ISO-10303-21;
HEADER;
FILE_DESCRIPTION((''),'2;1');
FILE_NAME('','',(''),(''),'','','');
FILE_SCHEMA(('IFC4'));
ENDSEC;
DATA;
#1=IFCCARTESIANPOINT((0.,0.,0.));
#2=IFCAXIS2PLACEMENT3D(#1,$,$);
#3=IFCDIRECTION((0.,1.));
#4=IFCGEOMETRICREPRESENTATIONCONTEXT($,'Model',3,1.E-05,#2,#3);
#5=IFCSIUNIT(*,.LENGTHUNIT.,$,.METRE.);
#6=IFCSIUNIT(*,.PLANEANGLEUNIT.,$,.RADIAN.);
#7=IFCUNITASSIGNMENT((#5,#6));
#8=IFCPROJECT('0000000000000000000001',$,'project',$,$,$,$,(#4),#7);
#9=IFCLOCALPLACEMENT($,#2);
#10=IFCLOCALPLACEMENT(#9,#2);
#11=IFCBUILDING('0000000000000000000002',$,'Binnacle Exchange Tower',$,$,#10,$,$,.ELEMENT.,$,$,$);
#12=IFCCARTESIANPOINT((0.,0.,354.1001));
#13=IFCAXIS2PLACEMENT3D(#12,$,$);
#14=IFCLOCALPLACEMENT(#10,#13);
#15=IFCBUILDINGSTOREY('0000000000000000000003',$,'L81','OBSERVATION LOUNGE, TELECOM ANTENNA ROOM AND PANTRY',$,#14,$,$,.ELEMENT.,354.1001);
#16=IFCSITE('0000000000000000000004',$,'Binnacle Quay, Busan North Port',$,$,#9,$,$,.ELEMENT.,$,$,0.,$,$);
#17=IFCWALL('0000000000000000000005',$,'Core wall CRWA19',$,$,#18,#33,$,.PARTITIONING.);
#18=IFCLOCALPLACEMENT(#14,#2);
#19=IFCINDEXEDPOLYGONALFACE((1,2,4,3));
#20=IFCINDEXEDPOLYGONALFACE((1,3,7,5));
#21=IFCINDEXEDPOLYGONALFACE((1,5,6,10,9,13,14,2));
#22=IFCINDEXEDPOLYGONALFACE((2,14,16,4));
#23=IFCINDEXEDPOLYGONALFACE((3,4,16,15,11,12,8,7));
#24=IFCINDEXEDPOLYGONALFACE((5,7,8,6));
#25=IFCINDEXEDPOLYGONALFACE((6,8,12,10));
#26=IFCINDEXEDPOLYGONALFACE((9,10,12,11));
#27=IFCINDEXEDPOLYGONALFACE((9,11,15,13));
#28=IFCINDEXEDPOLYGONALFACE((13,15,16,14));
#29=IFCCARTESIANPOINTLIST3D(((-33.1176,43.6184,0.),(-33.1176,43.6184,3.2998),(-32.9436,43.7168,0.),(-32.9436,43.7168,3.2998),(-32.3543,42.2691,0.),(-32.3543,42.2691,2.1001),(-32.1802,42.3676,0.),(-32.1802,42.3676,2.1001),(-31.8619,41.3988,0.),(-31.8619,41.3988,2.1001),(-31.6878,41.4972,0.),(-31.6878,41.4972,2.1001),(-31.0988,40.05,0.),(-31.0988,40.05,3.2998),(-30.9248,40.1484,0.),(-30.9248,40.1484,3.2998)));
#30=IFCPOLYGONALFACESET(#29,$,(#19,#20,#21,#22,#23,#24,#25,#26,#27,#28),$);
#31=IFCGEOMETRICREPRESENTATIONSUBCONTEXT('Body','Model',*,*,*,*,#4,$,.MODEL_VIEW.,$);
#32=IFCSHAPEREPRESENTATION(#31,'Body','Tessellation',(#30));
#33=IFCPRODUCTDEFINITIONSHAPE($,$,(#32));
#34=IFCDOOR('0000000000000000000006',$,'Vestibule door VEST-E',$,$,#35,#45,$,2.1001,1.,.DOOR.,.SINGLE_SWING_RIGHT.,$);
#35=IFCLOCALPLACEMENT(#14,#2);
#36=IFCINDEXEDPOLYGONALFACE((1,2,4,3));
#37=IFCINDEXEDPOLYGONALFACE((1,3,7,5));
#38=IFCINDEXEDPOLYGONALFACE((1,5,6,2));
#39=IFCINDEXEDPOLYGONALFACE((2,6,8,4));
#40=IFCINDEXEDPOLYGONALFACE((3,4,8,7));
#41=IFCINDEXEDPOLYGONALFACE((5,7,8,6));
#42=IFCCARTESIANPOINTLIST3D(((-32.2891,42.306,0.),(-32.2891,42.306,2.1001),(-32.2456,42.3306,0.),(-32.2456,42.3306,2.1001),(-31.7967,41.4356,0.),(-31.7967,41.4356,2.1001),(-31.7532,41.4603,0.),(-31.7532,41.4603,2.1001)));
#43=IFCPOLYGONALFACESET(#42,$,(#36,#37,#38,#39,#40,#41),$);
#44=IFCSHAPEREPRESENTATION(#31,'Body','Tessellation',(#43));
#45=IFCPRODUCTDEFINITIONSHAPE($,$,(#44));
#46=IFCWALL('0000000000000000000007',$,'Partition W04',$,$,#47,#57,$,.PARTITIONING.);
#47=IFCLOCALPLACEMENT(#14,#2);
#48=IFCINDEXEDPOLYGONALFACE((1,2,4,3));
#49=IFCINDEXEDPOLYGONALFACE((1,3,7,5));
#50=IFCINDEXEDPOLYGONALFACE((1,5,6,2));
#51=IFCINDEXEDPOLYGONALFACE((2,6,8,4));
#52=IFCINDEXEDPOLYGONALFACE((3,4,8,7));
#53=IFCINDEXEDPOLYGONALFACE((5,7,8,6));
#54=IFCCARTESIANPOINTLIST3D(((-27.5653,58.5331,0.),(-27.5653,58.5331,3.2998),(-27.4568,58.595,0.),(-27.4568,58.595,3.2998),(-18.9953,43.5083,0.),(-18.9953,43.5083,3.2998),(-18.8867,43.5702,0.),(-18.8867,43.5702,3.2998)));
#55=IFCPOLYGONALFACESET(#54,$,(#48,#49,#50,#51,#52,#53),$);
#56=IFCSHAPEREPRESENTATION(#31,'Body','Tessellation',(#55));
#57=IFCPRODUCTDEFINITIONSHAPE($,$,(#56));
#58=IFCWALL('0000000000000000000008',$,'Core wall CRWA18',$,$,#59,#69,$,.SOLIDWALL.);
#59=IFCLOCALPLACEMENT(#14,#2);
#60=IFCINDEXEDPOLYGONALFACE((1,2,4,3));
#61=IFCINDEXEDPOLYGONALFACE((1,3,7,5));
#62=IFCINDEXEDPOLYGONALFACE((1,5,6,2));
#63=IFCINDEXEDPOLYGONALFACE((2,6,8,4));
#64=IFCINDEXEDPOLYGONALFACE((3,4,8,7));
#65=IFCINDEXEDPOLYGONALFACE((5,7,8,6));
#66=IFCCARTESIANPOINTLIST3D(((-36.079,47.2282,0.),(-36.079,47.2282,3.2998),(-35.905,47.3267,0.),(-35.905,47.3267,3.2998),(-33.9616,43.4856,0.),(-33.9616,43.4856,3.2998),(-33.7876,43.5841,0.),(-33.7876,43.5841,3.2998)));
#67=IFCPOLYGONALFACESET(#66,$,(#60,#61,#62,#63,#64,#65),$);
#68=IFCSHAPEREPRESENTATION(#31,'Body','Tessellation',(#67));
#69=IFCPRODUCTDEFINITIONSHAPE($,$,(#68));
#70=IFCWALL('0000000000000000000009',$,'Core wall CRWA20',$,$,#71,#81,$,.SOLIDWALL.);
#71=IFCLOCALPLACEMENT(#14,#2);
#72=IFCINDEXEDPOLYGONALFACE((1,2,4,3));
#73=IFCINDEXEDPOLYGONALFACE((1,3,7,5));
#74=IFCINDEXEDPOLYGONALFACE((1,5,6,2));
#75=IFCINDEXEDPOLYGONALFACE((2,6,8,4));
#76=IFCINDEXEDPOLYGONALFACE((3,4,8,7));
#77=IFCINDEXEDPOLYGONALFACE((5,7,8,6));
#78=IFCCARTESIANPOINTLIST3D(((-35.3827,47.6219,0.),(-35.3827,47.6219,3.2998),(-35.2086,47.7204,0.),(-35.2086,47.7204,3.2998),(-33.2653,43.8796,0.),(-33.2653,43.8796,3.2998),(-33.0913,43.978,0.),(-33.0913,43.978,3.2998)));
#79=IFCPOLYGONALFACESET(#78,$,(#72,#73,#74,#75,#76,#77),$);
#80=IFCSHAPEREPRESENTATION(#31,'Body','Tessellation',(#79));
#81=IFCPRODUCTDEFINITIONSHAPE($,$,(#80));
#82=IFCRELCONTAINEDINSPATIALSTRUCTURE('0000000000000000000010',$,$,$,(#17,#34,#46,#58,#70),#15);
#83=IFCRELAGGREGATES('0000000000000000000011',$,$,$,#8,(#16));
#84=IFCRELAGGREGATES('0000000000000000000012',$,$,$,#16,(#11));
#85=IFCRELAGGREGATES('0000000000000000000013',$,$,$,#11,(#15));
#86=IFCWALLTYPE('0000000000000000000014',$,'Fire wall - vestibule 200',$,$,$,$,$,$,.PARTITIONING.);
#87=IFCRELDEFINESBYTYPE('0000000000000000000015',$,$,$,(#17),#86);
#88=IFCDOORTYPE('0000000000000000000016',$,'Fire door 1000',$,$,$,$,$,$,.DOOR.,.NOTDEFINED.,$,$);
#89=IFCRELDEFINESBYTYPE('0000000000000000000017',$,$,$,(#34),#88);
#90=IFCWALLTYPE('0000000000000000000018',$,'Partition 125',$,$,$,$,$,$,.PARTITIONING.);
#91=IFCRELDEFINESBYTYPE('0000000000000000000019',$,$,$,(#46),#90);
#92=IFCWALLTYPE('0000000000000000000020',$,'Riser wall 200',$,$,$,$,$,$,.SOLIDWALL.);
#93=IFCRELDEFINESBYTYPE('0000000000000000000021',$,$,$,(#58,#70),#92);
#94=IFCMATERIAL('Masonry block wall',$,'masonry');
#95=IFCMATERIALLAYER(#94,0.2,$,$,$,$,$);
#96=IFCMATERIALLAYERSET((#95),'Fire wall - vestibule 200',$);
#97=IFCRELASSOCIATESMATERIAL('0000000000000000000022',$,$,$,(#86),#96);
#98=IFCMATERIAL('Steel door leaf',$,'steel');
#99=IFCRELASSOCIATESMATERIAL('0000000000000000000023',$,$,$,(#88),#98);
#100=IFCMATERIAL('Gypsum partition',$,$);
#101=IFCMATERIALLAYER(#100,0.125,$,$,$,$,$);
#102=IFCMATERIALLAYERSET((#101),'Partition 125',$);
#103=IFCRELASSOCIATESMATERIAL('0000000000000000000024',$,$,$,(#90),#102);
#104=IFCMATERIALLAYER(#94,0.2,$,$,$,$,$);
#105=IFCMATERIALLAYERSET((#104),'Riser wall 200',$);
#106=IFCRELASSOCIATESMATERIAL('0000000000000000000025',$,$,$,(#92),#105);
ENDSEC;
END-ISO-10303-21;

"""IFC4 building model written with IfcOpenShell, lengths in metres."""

from ifc_helpers import new_model, si_unit, direction, frame, frame_2d, origin, place, context, subcontext, project, spatial, rectangle, extrude, material, layer, layer_set, type_object, element, fill, save


model = new_model("IFC4")

# Units and contexts
model_context = context("Model", 3, precision=1e-05, world=origin(), true_north=direction((0.0, 1.0)))
body_context = subcontext(model_context, "Body", "Model", "MODEL_VIEW")
ifc_project = project(units=[si_unit("LENGTHUNIT", "METRE"), si_unit("PLANEANGLEUNIT", "RADIAN")], contexts=[model_context])

# Site, building, storey
site_placement = place(None, origin())
site = spatial("IfcSite", under=ifc_project, at=site_placement, Name="Binnacle Quay, Busan North Port", CompositionType="ELEMENT", RefElevation=0.0)
building_placement = place(site_placement, origin())
building = spatial("IfcBuilding", under=site, at=building_placement, Name="Binnacle Exchange Tower", CompositionType="ELEMENT")
storey_placement = place(building_placement, frame((0.0, 0.0, 354.1001)))
storey = spatial("IfcBuildingStorey", under=building, at=storey_placement, Name="L81", Description="OBSERVATION LOUNGE, TELECOM ANTENNA ROOM AND PANTRY", CompositionType="ELEMENT", Elevation=354.1001)

# Shared definitions
ifc_material_1 = material(Name="Masonry block wall", Category="masonry")

# Wall, opening, door
ifc_layer_1 = layer(ifc_material_1, 0.2)
ifc_layer_set_1 = layer_set([ifc_layer_1], Name="Fire wall - vestibule 200")
wall_type_1 = type_object("IfcWallType", Name="Fire wall - vestibule 200", PredefinedType="PARTITIONING", material=ifc_layer_set_1)
wall_1_placement = place(storey_placement, frame((-33.0305, 43.6675, 0.0), z_axis=(0.0, 0.0, 1.0), x_axis=(0.492408, -0.870364, 0.0)))
wall_1 = element("IfcWall", 1, at=wall_1_placement, inside=storey, type_object=wall_type_1, Name="Core wall CRWA19", PredefinedType="PARTITIONING", context=body_context, shape_type="SweptSolid", body=[
    extrude(rectangle(XDim=4.0999, YDim=0.2, at=frame_2d((2.0498, 0.0))), origin(), (0.0, 0.0, 1.0), 3.2998),
])
opening_placement = place(wall_1_placement, frame((1.55, 0.0, 0.0)))
opening = element("IfcOpeningElement", 2, at=opening_placement, cuts=wall_1, PredefinedType="OPENING", context=body_context, shape_type="SweptSolid", body=[
    extrude(rectangle(XDim=1.0, YDim=2.1001, at=frame_2d((0.5, 1.05))), frame((0.0, 0.1099, 0.0), z_axis=(0.0, -1.0, 0.0), x_axis=(1.0, 0.0, 0.0)), (0.0, 0.0, 1.0), 0.22),
])
ifc_material_2 = material(Name="Steel door leaf", Category="steel")
door_type = type_object("IfcDoorType", Name="Fire door 1000", OperationType="NOTDEFINED", PredefinedType="DOOR", material=ifc_material_2)
door_placement = place(opening_placement, origin())
door = element("IfcDoor", 3, at=door_placement, inside=storey, type_object=door_type, Name="Vestibule door VEST-E", OperationType="SINGLE_SWING_RIGHT", OverallHeight=2.1001, OverallWidth=1.0, PredefinedType="DOOR", context=body_context, shape_type="SweptSolid", body=[
    extrude(rectangle(XDim=1.0, YDim=2.1001, at=frame_2d((0.5, 1.05))), frame((0.0, 0.0249, 0.0), z_axis=(0.0, -1.0, 0.0), x_axis=(1.0, 0.0, 0.0)), (0.0, 0.0, 1.0), 0.05),
])
fill(opening, door)

# Walls
ifc_material_3 = material(Name="Gypsum partition")
ifc_layer_2 = layer(ifc_material_3, 0.125)
ifc_layer_set_2 = layer_set([ifc_layer_2], Name="Partition 125")
wall_type_2 = type_object("IfcWallType", Name="Partition 125", PredefinedType="PARTITIONING", material=ifc_layer_set_2)
wall_2_placement = place(storey_placement, frame((-27.511, 58.564, 0.0), z_axis=(0.0, 0.0, 1.0), x_axis=(0.495459, -0.868631, 0.0)))
element("IfcWall", 4, at=wall_2_placement, inside=storey, type_object=wall_type_2, Name="Partition W04", PredefinedType="PARTITIONING", context=body_context, shape_type="SweptSolid", body=[
    extrude(rectangle(XDim=17.2971, YDim=0.125, at=frame_2d((8.6484, 0.0))), origin(), (0.0, 0.0, 1.0), 3.2998),
])
ifc_layer_3 = layer(ifc_material_1, 0.2)
ifc_layer_set_3 = layer_set([ifc_layer_3], Name="Riser wall 200")
wall_type_3 = type_object("IfcWallType", Name="Riser wall 200", PredefinedType="SOLIDWALL", material=ifc_layer_set_3)
wall_3_placement = place(storey_placement, frame((-35.9919, 47.2773, 0.0), z_axis=(0.0, 0.0, 1.0), x_axis=(0.492411, -0.870363, 0.0)))
element("IfcWall", 5, at=wall_3_placement, inside=storey, type_object=wall_type_3, Name="Core wall CRWA18", PredefinedType="SOLIDWALL", context=body_context, shape_type="SweptSolid", body=[
    extrude(rectangle(XDim=4.3, YDim=0.2, at=frame_2d((2.1499, 0.0))), origin(), (0.0, 0.0, 1.0), 3.2998),
])
wall_4_placement = place(storey_placement, frame((-35.2957, 47.6711, 0.0), z_axis=(0.0, 0.0, 1.0), x_axis=(0.492435, -0.870349, 0.0)))
element("IfcWall", 6, at=wall_4_placement, inside=storey, type_object=wall_type_3, Name="Core wall CRWA20", PredefinedType="SOLIDWALL", context=body_context, shape_type="SweptSolid", body=[
    extrude(rectangle(XDim=4.2998, YDim=0.2, at=frame_2d((2.1499, 0.0))), origin(), (0.0, 0.0, 1.0), 3.2998),
])

save(model, "model.ifc")
